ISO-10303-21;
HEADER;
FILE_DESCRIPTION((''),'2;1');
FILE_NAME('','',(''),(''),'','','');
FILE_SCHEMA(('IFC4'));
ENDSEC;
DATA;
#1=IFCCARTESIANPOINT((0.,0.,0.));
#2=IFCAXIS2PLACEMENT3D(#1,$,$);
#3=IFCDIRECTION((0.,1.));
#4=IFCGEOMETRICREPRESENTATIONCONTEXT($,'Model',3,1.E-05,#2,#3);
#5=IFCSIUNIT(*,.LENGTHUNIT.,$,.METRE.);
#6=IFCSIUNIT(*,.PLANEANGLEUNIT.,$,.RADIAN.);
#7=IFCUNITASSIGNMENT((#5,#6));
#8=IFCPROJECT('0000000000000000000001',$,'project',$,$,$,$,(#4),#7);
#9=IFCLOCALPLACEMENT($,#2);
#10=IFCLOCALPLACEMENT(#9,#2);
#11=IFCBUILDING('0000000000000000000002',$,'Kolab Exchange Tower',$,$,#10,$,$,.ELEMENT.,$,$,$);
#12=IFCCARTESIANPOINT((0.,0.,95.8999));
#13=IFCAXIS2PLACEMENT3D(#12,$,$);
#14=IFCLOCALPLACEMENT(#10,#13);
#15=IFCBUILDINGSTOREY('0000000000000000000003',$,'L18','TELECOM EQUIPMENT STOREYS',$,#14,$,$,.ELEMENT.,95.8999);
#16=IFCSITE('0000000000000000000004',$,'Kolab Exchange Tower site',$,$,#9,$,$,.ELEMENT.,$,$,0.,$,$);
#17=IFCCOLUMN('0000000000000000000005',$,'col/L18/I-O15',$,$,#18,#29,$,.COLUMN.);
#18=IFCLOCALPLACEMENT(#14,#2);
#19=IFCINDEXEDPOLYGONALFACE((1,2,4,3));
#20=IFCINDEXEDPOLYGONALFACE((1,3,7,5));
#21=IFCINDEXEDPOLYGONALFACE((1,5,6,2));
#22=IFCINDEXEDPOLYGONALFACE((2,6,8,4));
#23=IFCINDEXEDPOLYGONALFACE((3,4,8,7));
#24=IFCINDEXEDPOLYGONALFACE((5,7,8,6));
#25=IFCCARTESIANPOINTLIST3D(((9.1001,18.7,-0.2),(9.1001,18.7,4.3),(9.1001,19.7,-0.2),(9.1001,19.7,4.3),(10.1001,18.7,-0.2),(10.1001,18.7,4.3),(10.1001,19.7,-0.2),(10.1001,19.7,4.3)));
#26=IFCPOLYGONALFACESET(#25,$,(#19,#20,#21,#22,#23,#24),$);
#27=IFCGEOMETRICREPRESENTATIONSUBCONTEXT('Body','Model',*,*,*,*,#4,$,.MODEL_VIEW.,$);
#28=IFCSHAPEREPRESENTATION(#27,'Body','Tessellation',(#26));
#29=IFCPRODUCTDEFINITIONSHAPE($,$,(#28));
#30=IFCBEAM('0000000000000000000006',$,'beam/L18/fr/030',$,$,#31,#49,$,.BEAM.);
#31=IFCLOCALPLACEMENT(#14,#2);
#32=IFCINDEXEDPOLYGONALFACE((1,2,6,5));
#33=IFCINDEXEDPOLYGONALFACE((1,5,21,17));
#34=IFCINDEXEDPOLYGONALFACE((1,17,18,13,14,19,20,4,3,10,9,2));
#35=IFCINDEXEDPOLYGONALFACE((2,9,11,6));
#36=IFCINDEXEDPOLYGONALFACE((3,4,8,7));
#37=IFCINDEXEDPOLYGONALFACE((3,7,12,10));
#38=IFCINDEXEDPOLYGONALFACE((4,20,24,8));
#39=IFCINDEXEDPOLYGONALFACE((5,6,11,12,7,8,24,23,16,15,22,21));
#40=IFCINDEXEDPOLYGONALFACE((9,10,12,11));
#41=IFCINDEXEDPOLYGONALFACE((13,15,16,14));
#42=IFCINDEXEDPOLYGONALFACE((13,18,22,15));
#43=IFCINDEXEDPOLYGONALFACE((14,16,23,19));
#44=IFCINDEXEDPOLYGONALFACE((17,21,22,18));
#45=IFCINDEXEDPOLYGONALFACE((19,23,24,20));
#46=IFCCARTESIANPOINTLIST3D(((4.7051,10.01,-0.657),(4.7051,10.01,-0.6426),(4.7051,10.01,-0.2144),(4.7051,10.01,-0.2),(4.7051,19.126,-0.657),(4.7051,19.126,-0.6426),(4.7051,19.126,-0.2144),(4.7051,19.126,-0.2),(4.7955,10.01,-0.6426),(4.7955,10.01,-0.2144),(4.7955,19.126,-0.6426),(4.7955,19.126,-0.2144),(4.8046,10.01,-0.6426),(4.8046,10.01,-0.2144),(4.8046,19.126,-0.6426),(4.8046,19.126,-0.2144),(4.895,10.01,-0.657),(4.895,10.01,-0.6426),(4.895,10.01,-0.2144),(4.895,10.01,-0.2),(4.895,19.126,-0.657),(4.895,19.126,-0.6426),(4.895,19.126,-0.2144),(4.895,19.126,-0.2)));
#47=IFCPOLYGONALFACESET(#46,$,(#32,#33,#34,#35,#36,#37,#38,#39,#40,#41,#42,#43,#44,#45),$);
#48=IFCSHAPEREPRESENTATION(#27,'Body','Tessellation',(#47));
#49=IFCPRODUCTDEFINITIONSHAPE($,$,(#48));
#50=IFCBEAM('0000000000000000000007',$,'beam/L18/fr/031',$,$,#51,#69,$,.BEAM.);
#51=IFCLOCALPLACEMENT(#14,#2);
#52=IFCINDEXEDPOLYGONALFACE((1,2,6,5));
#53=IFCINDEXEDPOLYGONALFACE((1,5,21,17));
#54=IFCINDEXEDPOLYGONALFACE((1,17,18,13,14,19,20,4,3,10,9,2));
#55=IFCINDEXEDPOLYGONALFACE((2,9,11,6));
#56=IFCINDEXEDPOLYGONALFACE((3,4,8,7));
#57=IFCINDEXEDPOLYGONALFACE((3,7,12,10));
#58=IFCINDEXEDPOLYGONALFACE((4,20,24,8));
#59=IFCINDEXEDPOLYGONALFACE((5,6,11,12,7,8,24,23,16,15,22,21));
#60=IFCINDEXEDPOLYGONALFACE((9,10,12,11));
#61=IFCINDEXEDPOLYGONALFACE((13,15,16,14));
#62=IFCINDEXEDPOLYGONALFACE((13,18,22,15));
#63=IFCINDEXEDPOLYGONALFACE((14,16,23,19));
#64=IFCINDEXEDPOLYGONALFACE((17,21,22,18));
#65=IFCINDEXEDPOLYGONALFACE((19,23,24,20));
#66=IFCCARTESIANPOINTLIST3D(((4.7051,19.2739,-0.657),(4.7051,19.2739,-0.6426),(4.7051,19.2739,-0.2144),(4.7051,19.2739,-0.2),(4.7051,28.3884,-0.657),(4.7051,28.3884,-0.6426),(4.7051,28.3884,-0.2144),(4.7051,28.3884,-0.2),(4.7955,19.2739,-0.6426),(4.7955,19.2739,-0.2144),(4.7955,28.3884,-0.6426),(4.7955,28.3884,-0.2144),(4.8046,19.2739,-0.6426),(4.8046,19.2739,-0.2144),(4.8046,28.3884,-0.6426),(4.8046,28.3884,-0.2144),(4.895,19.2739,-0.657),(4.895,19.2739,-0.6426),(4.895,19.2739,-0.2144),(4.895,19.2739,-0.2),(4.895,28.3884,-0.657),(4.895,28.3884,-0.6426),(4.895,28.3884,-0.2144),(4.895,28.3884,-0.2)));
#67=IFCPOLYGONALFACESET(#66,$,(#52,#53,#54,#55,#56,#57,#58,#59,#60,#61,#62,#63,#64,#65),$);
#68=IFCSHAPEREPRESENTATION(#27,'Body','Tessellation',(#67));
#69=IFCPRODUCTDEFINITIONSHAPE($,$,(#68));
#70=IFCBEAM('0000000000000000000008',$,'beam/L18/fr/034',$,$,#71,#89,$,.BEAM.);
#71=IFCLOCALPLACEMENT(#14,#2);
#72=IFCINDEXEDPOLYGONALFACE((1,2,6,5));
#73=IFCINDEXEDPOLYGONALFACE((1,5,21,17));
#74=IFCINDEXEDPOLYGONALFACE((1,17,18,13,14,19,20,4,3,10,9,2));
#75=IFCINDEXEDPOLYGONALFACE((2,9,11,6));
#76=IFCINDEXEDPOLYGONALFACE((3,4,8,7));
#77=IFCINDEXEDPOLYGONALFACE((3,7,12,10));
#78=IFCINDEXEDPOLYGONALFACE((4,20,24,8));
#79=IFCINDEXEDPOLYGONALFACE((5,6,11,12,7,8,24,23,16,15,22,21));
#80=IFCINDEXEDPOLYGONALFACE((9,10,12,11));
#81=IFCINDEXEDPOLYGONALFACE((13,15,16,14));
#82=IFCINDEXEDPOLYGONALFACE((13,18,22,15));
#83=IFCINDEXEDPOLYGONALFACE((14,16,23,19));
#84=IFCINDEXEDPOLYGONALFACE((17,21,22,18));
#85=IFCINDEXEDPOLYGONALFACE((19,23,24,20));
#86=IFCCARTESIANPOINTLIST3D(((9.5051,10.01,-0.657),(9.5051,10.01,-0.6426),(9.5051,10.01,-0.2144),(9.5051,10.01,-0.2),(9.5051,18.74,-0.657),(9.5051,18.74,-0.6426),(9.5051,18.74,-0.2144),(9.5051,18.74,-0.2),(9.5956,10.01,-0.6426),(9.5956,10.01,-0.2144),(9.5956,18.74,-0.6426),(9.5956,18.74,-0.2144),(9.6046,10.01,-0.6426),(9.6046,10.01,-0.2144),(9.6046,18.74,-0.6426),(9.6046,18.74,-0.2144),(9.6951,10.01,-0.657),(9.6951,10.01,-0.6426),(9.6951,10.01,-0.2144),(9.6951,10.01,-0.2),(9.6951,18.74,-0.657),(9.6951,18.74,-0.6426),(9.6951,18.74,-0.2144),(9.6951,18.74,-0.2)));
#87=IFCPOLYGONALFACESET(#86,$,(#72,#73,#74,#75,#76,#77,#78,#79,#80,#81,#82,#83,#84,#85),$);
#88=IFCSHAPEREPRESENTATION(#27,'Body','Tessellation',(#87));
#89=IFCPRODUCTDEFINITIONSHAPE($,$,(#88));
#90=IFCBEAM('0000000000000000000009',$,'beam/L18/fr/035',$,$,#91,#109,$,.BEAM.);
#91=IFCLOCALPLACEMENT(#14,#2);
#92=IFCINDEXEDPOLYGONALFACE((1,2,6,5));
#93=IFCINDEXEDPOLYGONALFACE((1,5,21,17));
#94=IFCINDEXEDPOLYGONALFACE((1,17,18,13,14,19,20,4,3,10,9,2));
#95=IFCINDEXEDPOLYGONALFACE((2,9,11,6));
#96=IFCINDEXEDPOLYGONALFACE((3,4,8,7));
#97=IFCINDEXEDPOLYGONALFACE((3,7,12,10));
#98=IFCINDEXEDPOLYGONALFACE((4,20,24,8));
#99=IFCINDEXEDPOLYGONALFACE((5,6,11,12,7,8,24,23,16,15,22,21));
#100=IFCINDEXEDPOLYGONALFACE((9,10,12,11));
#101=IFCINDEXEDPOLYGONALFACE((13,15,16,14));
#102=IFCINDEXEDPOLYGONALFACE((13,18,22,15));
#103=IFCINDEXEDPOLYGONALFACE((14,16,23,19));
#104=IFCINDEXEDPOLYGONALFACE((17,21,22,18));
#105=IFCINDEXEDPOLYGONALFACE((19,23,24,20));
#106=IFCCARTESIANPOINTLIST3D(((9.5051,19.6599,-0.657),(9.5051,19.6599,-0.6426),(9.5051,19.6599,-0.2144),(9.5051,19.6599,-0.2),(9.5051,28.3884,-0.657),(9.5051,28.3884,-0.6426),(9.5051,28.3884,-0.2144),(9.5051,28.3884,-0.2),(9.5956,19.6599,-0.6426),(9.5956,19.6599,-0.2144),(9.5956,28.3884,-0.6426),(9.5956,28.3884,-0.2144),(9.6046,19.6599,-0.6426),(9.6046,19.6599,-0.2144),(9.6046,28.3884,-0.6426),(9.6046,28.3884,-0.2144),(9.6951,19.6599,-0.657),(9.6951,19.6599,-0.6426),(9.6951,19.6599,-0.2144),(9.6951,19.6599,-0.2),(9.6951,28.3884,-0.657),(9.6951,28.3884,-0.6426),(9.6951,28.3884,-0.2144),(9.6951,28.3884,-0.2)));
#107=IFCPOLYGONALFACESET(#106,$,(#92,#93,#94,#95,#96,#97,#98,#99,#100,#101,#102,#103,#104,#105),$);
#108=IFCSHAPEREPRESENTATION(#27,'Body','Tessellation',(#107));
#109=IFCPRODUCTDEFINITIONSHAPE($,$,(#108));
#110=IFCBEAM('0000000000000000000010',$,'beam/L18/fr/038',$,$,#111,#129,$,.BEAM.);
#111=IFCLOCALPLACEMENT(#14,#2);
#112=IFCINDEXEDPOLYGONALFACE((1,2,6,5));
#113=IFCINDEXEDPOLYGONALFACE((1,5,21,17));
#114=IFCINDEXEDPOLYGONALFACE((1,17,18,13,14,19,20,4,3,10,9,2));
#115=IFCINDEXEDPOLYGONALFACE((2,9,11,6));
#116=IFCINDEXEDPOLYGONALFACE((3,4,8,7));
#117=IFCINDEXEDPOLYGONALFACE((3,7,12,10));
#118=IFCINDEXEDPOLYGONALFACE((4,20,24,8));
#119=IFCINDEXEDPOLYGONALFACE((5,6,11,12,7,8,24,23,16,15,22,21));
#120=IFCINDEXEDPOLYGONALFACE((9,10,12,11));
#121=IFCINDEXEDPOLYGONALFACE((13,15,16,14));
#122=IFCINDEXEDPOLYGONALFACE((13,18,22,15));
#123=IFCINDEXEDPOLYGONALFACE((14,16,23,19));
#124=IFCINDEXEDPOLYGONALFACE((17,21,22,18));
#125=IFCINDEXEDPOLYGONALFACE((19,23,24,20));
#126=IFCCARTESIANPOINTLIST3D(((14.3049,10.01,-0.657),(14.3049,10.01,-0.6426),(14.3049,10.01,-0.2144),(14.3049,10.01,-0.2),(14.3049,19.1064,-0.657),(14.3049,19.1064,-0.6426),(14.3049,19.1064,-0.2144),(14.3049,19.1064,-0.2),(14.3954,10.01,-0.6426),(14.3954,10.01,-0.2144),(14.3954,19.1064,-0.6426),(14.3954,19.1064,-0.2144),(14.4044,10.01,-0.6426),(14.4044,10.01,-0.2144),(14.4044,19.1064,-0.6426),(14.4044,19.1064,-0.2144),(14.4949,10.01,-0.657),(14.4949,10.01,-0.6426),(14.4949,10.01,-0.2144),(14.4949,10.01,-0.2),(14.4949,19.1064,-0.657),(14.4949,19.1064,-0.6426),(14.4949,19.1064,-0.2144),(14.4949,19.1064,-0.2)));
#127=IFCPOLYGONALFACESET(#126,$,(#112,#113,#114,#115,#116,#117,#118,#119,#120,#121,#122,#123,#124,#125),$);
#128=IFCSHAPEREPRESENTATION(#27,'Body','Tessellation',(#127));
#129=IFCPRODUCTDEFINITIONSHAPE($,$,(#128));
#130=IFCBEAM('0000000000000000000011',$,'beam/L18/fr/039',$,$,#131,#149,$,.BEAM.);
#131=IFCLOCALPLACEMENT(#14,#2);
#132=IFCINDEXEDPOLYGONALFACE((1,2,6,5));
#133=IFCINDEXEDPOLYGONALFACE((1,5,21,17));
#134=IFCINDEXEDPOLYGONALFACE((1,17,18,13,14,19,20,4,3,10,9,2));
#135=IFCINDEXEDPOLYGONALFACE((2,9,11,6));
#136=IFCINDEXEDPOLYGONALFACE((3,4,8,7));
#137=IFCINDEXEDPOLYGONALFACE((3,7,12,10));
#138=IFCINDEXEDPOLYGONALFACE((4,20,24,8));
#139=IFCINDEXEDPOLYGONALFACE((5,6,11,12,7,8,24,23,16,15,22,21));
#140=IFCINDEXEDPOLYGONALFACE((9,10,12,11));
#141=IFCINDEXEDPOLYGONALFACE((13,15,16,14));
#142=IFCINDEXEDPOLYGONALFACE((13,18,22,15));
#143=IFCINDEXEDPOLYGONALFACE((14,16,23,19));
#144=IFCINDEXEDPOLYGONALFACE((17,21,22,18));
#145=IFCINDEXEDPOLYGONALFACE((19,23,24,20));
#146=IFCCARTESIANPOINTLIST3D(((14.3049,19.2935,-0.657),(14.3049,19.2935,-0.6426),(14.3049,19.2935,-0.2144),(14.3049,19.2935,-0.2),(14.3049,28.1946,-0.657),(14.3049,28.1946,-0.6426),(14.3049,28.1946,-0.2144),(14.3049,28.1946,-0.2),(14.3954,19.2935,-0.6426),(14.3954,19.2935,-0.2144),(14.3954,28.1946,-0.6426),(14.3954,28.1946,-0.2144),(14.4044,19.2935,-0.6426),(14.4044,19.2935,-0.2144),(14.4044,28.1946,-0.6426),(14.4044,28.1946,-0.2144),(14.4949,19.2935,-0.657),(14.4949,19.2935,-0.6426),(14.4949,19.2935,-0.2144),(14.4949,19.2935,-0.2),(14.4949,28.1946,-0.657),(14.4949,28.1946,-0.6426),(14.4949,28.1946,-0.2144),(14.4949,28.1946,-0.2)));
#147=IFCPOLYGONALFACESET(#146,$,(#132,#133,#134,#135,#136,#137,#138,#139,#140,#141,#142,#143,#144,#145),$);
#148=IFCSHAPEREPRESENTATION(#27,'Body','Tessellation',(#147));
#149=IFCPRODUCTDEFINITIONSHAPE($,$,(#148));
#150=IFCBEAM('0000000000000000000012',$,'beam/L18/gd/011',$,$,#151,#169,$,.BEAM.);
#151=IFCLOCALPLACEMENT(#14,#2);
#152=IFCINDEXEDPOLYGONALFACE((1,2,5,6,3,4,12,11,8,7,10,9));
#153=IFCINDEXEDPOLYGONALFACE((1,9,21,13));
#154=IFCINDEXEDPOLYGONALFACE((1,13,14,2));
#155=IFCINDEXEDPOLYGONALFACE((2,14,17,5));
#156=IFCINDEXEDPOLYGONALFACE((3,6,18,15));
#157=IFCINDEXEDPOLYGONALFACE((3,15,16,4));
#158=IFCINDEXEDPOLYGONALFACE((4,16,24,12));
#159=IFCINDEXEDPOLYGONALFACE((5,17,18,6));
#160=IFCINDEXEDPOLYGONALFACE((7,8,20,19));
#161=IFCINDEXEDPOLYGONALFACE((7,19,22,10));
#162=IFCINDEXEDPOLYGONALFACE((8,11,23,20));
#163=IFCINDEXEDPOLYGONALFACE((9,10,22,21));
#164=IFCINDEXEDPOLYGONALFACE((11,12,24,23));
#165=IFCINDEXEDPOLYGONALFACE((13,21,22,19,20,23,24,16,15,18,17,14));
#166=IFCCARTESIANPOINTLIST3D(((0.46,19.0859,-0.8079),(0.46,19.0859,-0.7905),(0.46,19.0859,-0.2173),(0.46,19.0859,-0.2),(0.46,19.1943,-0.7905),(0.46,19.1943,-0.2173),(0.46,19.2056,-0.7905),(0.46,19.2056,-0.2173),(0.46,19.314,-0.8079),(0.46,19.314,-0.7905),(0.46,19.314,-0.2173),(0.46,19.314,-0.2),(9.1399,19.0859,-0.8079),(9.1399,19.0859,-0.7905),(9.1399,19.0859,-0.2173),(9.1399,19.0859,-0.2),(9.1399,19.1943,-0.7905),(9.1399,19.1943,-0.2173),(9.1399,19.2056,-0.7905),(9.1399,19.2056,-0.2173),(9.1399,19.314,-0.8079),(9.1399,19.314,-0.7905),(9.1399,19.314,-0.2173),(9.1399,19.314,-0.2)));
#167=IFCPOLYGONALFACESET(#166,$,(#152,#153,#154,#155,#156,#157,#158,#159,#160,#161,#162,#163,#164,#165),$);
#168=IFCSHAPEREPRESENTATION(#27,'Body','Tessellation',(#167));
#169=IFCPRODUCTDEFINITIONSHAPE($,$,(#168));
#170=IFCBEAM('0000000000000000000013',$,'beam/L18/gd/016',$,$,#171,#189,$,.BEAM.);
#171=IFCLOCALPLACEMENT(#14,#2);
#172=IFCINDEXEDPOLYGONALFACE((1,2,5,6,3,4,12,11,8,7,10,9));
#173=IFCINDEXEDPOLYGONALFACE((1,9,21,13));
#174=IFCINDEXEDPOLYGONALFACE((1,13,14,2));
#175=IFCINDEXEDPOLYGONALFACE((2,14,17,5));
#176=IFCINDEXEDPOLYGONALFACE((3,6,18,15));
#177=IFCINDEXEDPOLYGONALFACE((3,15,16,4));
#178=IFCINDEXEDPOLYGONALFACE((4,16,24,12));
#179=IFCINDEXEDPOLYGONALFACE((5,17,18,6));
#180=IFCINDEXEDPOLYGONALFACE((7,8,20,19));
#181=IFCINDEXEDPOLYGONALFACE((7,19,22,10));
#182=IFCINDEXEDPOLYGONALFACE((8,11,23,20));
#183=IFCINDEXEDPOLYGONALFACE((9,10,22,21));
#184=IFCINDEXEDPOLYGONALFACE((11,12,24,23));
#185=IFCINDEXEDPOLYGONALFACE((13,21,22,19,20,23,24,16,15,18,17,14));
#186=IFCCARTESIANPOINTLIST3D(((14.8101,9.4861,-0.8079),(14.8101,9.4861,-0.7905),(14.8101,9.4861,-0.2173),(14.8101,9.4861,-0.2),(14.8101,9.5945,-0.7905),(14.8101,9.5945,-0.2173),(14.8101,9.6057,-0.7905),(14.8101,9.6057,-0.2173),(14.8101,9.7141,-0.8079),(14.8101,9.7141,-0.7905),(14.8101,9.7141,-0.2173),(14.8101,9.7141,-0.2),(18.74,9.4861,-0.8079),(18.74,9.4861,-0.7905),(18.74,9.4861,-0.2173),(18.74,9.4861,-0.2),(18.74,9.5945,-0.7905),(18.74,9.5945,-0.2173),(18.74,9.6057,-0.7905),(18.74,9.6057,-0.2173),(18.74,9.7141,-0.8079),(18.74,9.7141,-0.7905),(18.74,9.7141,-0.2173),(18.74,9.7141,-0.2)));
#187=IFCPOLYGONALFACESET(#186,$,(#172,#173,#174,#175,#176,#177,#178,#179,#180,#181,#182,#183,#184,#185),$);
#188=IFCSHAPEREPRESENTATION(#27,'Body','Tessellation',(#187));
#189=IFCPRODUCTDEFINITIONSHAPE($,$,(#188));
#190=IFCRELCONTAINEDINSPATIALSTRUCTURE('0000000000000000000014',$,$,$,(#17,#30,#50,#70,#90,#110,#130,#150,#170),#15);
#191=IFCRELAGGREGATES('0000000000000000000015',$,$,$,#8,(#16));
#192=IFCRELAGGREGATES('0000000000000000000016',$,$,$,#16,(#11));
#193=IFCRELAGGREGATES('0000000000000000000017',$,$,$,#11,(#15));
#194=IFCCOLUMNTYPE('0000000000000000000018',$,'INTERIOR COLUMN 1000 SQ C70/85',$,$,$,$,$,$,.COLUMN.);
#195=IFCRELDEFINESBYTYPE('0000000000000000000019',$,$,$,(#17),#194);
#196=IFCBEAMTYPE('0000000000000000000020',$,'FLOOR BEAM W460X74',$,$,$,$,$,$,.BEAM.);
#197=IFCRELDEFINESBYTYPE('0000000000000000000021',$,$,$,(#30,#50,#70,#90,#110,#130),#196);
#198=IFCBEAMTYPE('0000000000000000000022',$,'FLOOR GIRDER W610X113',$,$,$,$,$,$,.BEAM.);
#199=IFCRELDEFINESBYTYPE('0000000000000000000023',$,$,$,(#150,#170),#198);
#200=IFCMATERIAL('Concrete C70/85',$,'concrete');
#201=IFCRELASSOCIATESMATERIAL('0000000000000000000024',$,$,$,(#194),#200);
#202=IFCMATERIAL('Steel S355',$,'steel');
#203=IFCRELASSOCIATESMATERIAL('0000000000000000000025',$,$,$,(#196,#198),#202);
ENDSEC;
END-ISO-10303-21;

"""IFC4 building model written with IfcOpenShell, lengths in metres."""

from ifc_helpers import new_model, si_unit, direction, frame, origin, origin_2d, place, context, subcontext, project, spatial, rectangle, i_section, extrude, material, material_profile, profile_set, type_object, element, save


model = new_model("IFC4")

# Units and contexts
model_context = context("Model", 3, precision=1e-05, world=origin(), true_north=direction((0.0, 1.0)))
body_context = subcontext(model_context, "Body", "Model", "MODEL_VIEW")
ifc_project = project(units=[si_unit("LENGTHUNIT", "METRE"), si_unit("PLANEANGLEUNIT", "RADIAN")], contexts=[model_context])

# Site, building, storey
site_placement = place(None, origin())
site = spatial("IfcSite", under=ifc_project, at=site_placement, Name="Kolab Exchange Tower site", CompositionType="ELEMENT", RefElevation=0.0)
building_placement = place(site_placement, origin())
building = spatial("IfcBuilding", under=site, at=building_placement, Name="Kolab Exchange Tower", CompositionType="ELEMENT")
storey_placement = place(building_placement, frame((0.0, 0.0, 95.8999)))
storey = spatial("IfcBuildingStorey", under=building, at=storey_placement, Name="L18", Description="TELECOM EQUIPMENT STOREYS", CompositionType="ELEMENT", Elevation=95.8999)

# Column
ifc_material_1 = material(Name="Concrete C70/85", Category="concrete")
ifc_material_profile_1 = material_profile(ifc_material_1, rectangle(XDim=1.0, YDim=1.0, at=origin_2d()), Name="RC1000")
ifc_profile_set_1 = profile_set([ifc_material_profile_1], Name="Concrete C70/85")
column_type = type_object("IfcColumnType", Name="INTERIOR COLUMN 1000 SQ C70/85", PredefinedType="COLUMN", material=ifc_profile_set_1)
column_placement = place(storey_placement, frame((9.6001, 19.2, -0.2), z_axis=(0.0, 0.0, 1.0), x_axis=(1.0, 0.0, 0.0)))
element("IfcColumn", 1, at=column_placement, inside=storey, type_object=column_type, Name="col/L18/I-O15", PredefinedType="COLUMN", context=body_context, shape_type="SweptSolid", body=[
    extrude(rectangle(XDim=1.0, YDim=1.0, at=origin_2d()), origin(), (0.0, 0.0, 1.0), 4.5),
])

# Beams
ifc_material_2 = material(Name="Steel S355", Category="steel")
ifc_material_profile_2 = material_profile(ifc_material_2, i_section(OverallWidth=0.1899, OverallDepth=0.457, WebThickness=0.009, FlangeThickness=0.0144, at=origin_2d()), Name="W460X74")
ifc_profile_set_2 = profile_set([ifc_material_profile_2], Name="Steel S355")
beam_type_1 = type_object("IfcBeamType", Name="FLOOR BEAM W460X74", PredefinedType="BEAM", material=ifc_profile_set_2)
beam_1_placement = place(storey_placement, frame((4.8, 10.01, -0.4285), z_axis=(0.0, 1.0, 0.0), x_axis=(-1.0, 0.0, 0.0)))
element("IfcBeam", 2, at=beam_1_placement, inside=storey, type_object=beam_type_1, Name="beam/L18/fr/030", PredefinedType="BEAM", context=body_context, shape_type="SweptSolid", body=[
    extrude(i_section(OverallWidth=0.1899, OverallDepth=0.457, WebThickness=0.009, FlangeThickness=0.0144, at=origin_2d()), origin(), (0.0, 0.0, 1.0), 9.116),
])
beam_2_placement = place(storey_placement, frame((4.8, 19.2739, -0.4285), z_axis=(0.0, 1.0, 0.0), x_axis=(-1.0, 0.0, 0.0)))
element("IfcBeam", 3, at=beam_2_placement, inside=storey, type_object=beam_type_1, Name="beam/L18/fr/031", PredefinedType="BEAM", context=body_context, shape_type="SweptSolid", body=[
    extrude(i_section(OverallWidth=0.1899, OverallDepth=0.457, WebThickness=0.009, FlangeThickness=0.0144, at=origin_2d()), origin(), (0.0, 0.0, 1.0), 9.1145),
])
beam_3_placement = place(storey_placement, frame((9.6001, 10.01, -0.4285), z_axis=(0.0, 1.0, 0.0), x_axis=(-1.0, 0.0, 0.0)))
element("IfcBeam", 4, at=beam_3_placement, inside=storey, type_object=beam_type_1, Name="beam/L18/fr/034", PredefinedType="BEAM", context=body_context, shape_type="SweptSolid", body=[
    extrude(i_section(OverallWidth=0.1899, OverallDepth=0.457, WebThickness=0.009, FlangeThickness=0.0144, at=origin_2d()), origin(), (0.0, 0.0, 1.0), 8.73),
])
beam_4_placement = place(storey_placement, frame((9.6001, 19.6599, -0.4285), z_axis=(0.0, 1.0, 0.0), x_axis=(-1.0, 0.0, 0.0)))
element("IfcBeam", 5, at=beam_4_placement, inside=storey, type_object=beam_type_1, Name="beam/L18/fr/035", PredefinedType="BEAM", context=body_context, shape_type="SweptSolid", body=[
    extrude(i_section(OverallWidth=0.1899, OverallDepth=0.457, WebThickness=0.009, FlangeThickness=0.0144, at=origin_2d()), origin(), (0.0, 0.0, 1.0), 8.7285),
])
beam_5_placement = place(storey_placement, frame((14.3999, 10.01, -0.4285), z_axis=(0.0, 1.0, 0.0), x_axis=(-1.0, 0.0, 0.0)))
element("IfcBeam", 6, at=beam_5_placement, inside=storey, type_object=beam_type_1, Name="beam/L18/fr/038", PredefinedType="BEAM", context=body_context, shape_type="SweptSolid", body=[
    extrude(i_section(OverallWidth=0.1899, OverallDepth=0.457, WebThickness=0.009, FlangeThickness=0.0144, at=origin_2d()), origin(), (0.0, 0.0, 1.0), 9.0964),
])
beam_6_placement = place(storey_placement, frame((14.3999, 19.2935, -0.4285), z_axis=(0.0, 1.0, 0.0), x_axis=(-1.0, 0.0, 0.0)))
element("IfcBeam", 7, at=beam_6_placement, inside=storey, type_object=beam_type_1, Name="beam/L18/fr/039", PredefinedType="BEAM", context=body_context, shape_type="SweptSolid", body=[
    extrude(i_section(OverallWidth=0.1899, OverallDepth=0.457, WebThickness=0.009, FlangeThickness=0.0144, at=origin_2d()), origin(), (0.0, 0.0, 1.0), 8.9011),
])
ifc_material_profile_3 = material_profile(ifc_material_2, i_section(OverallWidth=0.228, OverallDepth=0.6079, WebThickness=0.0112, FlangeThickness=0.0173, at=origin_2d()), Name="W610X113")
ifc_profile_set_3 = profile_set([ifc_material_profile_3], Name="Steel S355")
beam_type_2 = type_object("IfcBeamType", Name="FLOOR GIRDER W610X113", PredefinedType="BEAM", material=ifc_profile_set_3)
beam_7_placement = place(storey_placement, frame((0.46, 19.2, -0.5039), z_axis=(1.0, 0.0, 0.0), x_axis=(0.0, 1.0, 0.0)))
element("IfcBeam", 8, at=beam_7_placement, inside=storey, type_object=beam_type_2, Name="beam/L18/gd/011", PredefinedType="BEAM", context=body_context, shape_type="SweptSolid", body=[
    extrude(i_section(OverallWidth=0.228, OverallDepth=0.6079, WebThickness=0.0112, FlangeThickness=0.0173, at=origin_2d()), origin(), (0.0, 0.0, 1.0), 8.6799),
])
beam_8_placement = place(storey_placement, frame((14.8101, 9.6001, -0.5039), z_axis=(1.0, 0.0, 0.0), x_axis=(0.0, 1.0, 0.0)))
element("IfcBeam", 9, at=beam_8_placement, inside=storey, type_object=beam_type_2, Name="beam/L18/gd/016", PredefinedType="BEAM", context=body_context, shape_type="SweptSolid", body=[
    extrude(i_section(OverallWidth=0.228, OverallDepth=0.6079, WebThickness=0.0112, FlangeThickness=0.0173, at=origin_2d()), origin(), (0.0, 0.0, 1.0), 3.9299),
])

save(model, "model.ifc")
